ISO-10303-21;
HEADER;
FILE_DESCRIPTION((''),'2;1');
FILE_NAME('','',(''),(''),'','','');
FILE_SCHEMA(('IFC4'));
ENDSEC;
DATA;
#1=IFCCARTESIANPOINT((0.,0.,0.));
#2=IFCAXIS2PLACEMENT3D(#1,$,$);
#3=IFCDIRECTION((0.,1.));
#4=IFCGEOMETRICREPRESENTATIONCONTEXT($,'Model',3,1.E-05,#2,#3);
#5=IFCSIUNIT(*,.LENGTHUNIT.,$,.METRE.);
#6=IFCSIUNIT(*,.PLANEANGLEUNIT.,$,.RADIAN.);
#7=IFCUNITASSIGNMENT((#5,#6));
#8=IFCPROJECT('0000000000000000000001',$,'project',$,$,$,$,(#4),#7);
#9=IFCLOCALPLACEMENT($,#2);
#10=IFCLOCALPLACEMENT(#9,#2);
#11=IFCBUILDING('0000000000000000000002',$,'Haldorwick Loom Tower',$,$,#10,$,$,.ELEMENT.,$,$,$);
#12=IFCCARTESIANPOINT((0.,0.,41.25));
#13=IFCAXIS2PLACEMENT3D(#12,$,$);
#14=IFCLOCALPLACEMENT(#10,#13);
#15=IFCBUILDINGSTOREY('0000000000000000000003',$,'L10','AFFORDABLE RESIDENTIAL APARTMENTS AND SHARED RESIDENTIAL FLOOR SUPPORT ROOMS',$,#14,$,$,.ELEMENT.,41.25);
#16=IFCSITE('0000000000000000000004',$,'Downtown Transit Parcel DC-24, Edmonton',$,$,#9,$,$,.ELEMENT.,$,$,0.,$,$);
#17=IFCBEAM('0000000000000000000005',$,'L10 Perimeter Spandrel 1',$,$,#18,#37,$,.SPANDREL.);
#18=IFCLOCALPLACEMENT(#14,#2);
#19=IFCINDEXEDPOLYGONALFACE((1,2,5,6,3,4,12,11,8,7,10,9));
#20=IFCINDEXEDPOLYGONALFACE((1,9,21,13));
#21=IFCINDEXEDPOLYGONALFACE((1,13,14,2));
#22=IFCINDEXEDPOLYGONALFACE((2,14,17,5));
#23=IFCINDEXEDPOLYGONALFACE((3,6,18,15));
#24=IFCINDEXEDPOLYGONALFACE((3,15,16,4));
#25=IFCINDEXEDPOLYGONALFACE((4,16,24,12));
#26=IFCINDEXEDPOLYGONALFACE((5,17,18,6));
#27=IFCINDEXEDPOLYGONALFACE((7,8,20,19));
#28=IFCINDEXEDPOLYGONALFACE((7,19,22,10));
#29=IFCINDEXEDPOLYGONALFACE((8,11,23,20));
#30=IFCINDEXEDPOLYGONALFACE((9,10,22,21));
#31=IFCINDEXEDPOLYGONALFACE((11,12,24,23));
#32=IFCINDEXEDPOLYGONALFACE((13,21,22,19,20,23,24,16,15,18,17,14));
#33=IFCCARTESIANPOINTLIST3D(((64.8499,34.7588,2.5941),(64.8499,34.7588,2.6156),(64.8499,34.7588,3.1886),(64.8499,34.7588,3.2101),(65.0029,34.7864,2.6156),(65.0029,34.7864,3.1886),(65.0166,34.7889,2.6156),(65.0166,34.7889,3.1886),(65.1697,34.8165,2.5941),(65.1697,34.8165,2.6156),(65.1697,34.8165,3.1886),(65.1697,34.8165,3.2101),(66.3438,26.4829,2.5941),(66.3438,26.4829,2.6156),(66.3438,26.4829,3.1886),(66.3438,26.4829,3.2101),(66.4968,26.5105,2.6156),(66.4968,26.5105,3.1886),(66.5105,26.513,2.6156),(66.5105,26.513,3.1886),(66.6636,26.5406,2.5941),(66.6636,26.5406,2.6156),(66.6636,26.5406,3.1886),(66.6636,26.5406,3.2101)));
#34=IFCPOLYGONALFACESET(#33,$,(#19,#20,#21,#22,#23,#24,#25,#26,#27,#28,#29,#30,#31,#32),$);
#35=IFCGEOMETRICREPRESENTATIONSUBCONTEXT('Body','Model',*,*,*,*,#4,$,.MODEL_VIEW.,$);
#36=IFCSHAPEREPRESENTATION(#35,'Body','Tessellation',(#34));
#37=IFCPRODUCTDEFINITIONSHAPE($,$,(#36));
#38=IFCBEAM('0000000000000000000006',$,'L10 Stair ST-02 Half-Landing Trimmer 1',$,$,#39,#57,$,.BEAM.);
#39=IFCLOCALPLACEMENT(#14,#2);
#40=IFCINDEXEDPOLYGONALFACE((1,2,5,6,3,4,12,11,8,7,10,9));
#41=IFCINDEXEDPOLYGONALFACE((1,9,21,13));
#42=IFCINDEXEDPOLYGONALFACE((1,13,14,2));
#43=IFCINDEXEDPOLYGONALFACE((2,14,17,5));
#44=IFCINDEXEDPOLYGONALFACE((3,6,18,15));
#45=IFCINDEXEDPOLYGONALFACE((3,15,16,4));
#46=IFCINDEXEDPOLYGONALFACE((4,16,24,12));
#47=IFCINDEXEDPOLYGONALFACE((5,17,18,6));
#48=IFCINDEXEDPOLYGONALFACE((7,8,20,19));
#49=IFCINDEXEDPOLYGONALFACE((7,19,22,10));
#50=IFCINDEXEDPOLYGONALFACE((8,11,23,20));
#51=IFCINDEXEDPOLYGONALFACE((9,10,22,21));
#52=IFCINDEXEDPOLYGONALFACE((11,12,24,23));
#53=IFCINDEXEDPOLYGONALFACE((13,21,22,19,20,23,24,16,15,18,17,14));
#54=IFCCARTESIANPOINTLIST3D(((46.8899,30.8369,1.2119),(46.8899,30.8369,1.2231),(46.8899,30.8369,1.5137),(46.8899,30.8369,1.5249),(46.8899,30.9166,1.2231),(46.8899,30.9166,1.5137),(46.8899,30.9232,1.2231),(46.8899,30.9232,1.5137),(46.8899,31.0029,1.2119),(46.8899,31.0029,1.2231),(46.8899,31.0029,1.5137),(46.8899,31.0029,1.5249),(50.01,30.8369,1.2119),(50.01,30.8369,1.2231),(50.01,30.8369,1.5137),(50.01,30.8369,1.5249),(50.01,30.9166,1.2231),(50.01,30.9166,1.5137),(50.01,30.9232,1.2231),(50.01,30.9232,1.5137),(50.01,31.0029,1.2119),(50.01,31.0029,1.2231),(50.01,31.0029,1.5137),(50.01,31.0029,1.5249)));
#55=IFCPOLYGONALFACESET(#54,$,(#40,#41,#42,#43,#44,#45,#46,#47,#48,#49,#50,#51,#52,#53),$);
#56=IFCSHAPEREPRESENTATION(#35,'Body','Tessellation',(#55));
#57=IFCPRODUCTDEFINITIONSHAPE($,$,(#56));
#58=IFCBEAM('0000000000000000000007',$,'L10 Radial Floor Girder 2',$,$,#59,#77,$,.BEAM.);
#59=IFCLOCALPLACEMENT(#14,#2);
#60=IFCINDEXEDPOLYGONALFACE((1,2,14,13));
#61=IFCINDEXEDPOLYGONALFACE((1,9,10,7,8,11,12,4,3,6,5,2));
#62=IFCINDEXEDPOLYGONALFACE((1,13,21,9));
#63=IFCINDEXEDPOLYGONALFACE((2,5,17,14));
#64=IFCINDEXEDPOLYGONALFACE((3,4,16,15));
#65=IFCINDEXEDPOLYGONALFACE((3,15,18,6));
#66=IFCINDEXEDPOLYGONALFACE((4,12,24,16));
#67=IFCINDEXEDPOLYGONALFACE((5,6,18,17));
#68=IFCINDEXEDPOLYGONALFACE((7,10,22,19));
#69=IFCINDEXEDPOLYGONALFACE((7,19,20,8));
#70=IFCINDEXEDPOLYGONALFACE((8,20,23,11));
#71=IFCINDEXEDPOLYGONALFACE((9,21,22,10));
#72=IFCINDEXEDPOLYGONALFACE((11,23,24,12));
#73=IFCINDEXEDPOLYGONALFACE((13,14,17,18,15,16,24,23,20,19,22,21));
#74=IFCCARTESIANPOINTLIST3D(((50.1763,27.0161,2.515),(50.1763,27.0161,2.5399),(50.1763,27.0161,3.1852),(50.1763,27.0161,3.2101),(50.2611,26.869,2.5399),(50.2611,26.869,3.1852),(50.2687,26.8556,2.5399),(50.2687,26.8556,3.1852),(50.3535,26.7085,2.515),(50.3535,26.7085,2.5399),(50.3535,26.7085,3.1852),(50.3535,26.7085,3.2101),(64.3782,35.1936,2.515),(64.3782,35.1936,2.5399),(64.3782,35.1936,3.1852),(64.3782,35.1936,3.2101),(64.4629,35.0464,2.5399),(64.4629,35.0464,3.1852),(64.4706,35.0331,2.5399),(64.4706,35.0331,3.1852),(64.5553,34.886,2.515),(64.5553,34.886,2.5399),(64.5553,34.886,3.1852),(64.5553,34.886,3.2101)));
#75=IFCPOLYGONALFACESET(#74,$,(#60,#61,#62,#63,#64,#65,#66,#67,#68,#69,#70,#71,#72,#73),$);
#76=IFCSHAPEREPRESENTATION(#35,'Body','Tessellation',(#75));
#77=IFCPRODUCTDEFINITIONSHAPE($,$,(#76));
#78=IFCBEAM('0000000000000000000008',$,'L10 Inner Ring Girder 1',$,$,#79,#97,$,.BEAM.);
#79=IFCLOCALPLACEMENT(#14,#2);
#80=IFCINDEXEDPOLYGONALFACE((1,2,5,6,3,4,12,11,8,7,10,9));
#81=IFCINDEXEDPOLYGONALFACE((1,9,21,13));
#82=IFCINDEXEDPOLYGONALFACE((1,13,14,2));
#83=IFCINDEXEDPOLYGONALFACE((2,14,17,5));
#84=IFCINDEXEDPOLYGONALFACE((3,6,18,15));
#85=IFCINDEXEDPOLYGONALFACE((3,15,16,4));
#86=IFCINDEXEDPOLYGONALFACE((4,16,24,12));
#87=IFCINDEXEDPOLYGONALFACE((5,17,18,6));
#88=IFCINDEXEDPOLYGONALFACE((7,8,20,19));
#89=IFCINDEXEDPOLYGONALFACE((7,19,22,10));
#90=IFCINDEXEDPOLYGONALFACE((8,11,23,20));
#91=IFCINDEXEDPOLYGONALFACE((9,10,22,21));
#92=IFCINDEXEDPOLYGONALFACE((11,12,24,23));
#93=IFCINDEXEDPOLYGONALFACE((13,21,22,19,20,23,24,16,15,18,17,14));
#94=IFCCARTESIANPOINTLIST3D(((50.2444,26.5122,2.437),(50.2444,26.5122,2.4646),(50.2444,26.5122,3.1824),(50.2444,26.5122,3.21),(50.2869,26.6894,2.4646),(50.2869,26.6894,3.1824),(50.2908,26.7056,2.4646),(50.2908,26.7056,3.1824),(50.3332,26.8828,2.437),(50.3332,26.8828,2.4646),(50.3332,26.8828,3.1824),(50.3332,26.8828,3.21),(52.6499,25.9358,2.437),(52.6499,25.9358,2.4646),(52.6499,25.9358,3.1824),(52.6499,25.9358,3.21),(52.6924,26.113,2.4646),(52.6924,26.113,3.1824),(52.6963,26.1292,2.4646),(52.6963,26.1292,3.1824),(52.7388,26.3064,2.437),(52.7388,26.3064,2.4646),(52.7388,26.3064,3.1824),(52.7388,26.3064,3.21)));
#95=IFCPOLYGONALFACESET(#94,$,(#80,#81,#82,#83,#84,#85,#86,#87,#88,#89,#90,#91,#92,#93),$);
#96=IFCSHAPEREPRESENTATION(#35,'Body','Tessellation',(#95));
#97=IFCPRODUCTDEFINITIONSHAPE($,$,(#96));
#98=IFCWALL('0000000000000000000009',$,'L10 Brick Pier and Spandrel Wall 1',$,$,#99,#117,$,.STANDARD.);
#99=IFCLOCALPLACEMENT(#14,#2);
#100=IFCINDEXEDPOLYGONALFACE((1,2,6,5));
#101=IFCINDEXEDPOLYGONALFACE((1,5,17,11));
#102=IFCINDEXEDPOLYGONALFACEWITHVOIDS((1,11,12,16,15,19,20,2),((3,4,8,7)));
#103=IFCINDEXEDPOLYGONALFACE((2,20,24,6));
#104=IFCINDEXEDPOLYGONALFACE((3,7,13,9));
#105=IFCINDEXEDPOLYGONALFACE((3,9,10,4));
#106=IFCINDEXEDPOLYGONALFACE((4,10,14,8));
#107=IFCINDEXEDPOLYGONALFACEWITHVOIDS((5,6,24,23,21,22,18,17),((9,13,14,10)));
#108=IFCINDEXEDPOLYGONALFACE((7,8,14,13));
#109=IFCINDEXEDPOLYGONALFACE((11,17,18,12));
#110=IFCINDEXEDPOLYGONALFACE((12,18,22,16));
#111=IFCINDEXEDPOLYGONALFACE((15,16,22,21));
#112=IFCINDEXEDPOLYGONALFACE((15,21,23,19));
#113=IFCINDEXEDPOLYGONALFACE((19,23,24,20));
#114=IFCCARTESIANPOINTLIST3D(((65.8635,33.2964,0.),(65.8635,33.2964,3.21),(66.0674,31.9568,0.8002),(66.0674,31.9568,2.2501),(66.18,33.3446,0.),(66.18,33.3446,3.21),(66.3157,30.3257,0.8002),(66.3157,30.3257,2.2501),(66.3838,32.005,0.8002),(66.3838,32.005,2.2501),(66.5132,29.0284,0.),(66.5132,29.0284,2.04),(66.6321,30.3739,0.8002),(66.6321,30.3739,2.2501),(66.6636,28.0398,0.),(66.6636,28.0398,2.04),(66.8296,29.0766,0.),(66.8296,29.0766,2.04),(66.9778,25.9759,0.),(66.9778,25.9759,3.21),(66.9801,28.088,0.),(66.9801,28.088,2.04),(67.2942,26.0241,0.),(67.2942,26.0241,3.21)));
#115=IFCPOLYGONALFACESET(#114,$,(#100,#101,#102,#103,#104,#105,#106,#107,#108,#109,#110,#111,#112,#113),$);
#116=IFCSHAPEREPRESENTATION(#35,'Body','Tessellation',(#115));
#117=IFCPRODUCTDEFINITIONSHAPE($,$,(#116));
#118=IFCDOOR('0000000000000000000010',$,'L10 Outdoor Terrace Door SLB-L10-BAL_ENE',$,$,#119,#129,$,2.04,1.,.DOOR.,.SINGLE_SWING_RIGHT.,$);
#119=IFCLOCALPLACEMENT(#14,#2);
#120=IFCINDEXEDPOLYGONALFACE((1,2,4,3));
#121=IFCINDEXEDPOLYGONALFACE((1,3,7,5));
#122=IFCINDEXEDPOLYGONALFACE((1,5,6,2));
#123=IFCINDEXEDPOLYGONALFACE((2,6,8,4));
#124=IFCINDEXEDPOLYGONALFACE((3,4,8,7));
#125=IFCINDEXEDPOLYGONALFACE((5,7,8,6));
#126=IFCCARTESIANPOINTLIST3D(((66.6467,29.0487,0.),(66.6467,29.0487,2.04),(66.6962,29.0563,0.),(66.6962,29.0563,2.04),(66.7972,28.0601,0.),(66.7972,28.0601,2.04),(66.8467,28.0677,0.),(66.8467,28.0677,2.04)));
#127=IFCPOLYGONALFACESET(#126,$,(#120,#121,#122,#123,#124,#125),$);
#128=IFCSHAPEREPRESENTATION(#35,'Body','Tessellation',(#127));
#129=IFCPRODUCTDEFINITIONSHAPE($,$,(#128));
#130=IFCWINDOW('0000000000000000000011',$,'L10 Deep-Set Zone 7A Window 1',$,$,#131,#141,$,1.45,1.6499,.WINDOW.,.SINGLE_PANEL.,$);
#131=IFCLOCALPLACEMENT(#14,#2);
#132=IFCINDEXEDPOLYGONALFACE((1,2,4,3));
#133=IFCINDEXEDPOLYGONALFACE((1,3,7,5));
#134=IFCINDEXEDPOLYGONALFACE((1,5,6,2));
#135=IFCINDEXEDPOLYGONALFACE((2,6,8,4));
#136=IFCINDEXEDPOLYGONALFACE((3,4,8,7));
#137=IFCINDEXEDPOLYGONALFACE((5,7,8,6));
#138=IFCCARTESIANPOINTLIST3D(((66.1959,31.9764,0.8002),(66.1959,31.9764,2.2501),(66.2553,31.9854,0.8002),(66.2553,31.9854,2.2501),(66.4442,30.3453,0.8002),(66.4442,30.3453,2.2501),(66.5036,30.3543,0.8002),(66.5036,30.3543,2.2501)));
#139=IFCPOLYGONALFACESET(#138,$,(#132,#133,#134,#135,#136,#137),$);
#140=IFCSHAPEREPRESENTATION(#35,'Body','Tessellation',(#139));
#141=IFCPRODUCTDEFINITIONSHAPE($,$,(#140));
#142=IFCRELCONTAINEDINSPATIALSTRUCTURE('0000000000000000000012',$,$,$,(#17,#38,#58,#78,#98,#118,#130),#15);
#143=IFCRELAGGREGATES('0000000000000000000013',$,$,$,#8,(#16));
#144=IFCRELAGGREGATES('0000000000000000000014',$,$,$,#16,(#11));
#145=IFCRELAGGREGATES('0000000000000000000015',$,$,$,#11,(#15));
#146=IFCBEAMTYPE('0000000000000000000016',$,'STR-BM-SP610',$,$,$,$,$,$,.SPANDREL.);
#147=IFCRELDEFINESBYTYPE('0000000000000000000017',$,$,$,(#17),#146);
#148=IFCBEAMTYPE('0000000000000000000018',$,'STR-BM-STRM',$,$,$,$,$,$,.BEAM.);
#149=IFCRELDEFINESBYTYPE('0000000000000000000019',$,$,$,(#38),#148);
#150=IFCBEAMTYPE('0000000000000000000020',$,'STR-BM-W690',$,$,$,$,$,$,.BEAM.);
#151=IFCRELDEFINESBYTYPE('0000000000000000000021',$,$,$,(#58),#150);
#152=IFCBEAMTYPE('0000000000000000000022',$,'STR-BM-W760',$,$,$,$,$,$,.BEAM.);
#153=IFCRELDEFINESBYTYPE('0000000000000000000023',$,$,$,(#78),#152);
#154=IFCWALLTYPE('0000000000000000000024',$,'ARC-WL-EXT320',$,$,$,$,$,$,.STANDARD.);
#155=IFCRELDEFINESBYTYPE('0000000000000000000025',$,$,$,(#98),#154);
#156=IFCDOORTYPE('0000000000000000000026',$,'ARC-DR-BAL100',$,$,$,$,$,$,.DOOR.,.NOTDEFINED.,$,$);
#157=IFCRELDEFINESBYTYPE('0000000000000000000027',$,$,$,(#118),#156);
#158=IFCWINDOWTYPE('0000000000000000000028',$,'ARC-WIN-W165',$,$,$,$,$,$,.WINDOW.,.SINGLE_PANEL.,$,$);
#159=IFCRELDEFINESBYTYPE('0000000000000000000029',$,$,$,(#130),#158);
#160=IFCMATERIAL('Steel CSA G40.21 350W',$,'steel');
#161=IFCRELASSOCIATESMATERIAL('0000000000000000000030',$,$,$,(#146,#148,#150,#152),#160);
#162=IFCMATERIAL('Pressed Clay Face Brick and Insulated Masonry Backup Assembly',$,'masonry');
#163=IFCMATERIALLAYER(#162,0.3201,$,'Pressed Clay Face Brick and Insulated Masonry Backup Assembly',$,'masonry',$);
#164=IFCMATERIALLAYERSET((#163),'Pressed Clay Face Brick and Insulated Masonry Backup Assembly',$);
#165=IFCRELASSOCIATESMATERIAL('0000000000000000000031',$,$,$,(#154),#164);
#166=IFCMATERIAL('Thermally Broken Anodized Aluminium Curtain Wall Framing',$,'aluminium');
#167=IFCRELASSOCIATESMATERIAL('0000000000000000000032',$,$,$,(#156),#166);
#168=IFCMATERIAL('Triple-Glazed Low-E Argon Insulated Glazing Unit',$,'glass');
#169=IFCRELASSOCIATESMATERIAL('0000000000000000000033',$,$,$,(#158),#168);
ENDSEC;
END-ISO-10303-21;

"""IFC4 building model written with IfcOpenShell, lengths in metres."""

from ifc_helpers import new_model, si_unit, direction, frame, frame_2d, origin, origin_2d, place, context, subcontext, project, spatial, rectangle, i_section, extrude, material, layer, layer_set, material_profile, profile_set, type_object, element, fill, save


model = new_model("IFC4")

# Units and contexts
model_context = context("Model", 3, precision=1e-05, world=origin(), true_north=direction((0.0, 1.0)))
body_context = subcontext(model_context, "Body", "Model", "MODEL_VIEW")
ifc_project = project(units=[si_unit("LENGTHUNIT", "METRE"), si_unit("PLANEANGLEUNIT", "RADIAN")], contexts=[model_context])

# Site, building, storey
site_placement = place(None, origin())
site = spatial("IfcSite", under=ifc_project, at=site_placement, Name="Downtown Transit Parcel DC-24, Edmonton", CompositionType="ELEMENT", RefElevation=0.0)
building_placement = place(site_placement, origin())
building = spatial("IfcBuilding", under=site, at=building_placement, Name="Haldorwick Loom Tower", CompositionType="ELEMENT")
storey_placement = place(building_placement, frame((0.0, 0.0, 41.25)))
storey = spatial("IfcBuildingStorey", under=building, at=storey_placement, Name="L10", Description="AFFORDABLE RESIDENTIAL APARTMENTS AND SHARED RESIDENTIAL FLOOR SUPPORT ROOMS", CompositionType="ELEMENT", Elevation=41.25)

# Beams
ifc_material_1 = material(Name="Steel CSA G40.21 350W", Category="steel")
ifc_material_profile_1 = material_profile(ifc_material_1, i_section(OverallWidth=0.325, OverallDepth=0.616, WebThickness=0.0139, FlangeThickness=0.0215, at=origin_2d()), Name="W610X174", Category="steel")
ifc_profile_set_1 = profile_set([ifc_material_profile_1], Name="Steel CSA G40.21 350W")
beam_type_1 = type_object("IfcBeamType", Name="STR-BM-SP610", PredefinedType="SPANDREL", material=ifc_profile_set_1)
beam_1_placement = place(storey_placement, frame((66.5037, 26.5117, 2.9021), z_axis=(-0.177641, 0.984095, 0.0), x_axis=(-0.984095, -0.177641, 0.0)))
element("IfcBeam", 1, at=beam_1_placement, inside=storey, type_object=beam_type_1, Name="L10 Perimeter Spandrel 1", PredefinedType="SPANDREL", context=body_context, shape_type="SweptSolid", body=[
    extrude(i_section(OverallWidth=0.325, OverallDepth=0.616, WebThickness=0.0139, FlangeThickness=0.0215, at=origin_2d()), origin(), (0.0, 0.0, 1.0), 8.4097),
])
ifc_material_profile_2 = material_profile(ifc_material_1, i_section(OverallWidth=0.166, OverallDepth=0.313, WebThickness=0.0066, FlangeThickness=0.0112, at=origin_2d()), Name="W310X45", Category="steel")
ifc_profile_set_2 = profile_set([ifc_material_profile_2], Name="Steel CSA G40.21 350W")
beam_type_2 = type_object("IfcBeamType", Name="STR-BM-STRM", PredefinedType="BEAM", material=ifc_profile_set_2)
beam_2_placement = place(storey_placement, frame((46.8899, 30.9199, 1.3684), z_axis=(1.0, 0.0, 0.0), x_axis=(0.0, 1.0, 0.0)))
element("IfcBeam", 2, at=beam_2_placement, inside=storey, type_object=beam_type_2, Name="L10 Stair ST-02 Half-Landing Trimmer 1", PredefinedType="BEAM", context=body_context, shape_type="SweptSolid", body=[
    extrude(i_section(OverallWidth=0.166, OverallDepth=0.313, WebThickness=0.0066, FlangeThickness=0.0112, at=origin_2d()), origin(), (0.0, 0.0, 1.0), 3.1201),
])
ifc_material_profile_3 = material_profile(ifc_material_1, i_section(OverallWidth=0.355, OverallDepth=0.6951, WebThickness=0.0154, FlangeThickness=0.0249, at=origin_2d()), Name="W690X217", Category="steel")
ifc_profile_set_3 = profile_set([ifc_material_profile_3], Name="Steel CSA G40.21 350W")
beam_type_3 = type_object("IfcBeamType", Name="STR-BM-W690", PredefinedType="BEAM", material=ifc_profile_set_3)
beam_3_placement = place(storey_placement, frame((50.2649, 26.8623, 2.8625), z_axis=(0.866606, 0.498994, 0.0), x_axis=(-0.498994, 0.866606, 0.0)))
element("IfcBeam", 3, at=beam_3_placement, inside=storey, type_object=beam_type_3, Name="L10 Radial Floor Girder 2", PredefinedType="BEAM", context=body_context, shape_type="SweptSolid", body=[
    extrude(i_section(OverallWidth=0.355, OverallDepth=0.6951, WebThickness=0.0154, FlangeThickness=0.0249, at=origin_2d()), origin(), (0.0, 0.0, 1.0), 16.3879),
])
ifc_material_profile_4 = material_profile(ifc_material_1, i_section(OverallWidth=0.3811, OverallDepth=0.7729, WebThickness=0.0166, FlangeThickness=0.0276, at=origin_2d()), Name="W760X257", Category="steel")
ifc_profile_set_4 = profile_set([ifc_material_profile_4], Name="Steel CSA G40.21 350W")
beam_type_4 = type_object("IfcBeamType", Name="STR-BM-W760", PredefinedType="BEAM", material=ifc_profile_set_4)
beam_4_placement = place(storey_placement, frame((50.2888, 26.6975, 2.8235), z_axis=(0.972471, -0.233026, 0.0), x_axis=(0.233026, 0.972471, 0.0)))
element("IfcBeam", 4, at=beam_4_placement, inside=storey, type_object=beam_type_4, Name="L10 Inner Ring Girder 1", PredefinedType="BEAM", context=body_context, shape_type="SweptSolid", body=[
    extrude(i_section(OverallWidth=0.3811, OverallDepth=0.7729, WebThickness=0.0166, FlangeThickness=0.0276, at=origin_2d()), origin(), (0.0, 0.0, 1.0), 2.4736),
])

# Wall, openings, door, window
ifc_material_2 = material(Name="Pressed Clay Face Brick and Insulated Masonry Backup Assembly", Category="masonry")
ifc_layer_1 = layer(ifc_material_2, 0.3201, Name="Pressed Clay Face Brick and Insulated Masonry Backup Assembly", Category="masonry")
ifc_layer_set_1 = layer_set([ifc_layer_1], Name="Pressed Clay Face Brick and Insulated Masonry Backup Assembly")
wall_type_1 = type_object("IfcWallType", Name="ARC-WL-EXT320", PredefinedType="STANDARD", material=ifc_layer_set_1)
wall_1_placement = place(storey_placement, frame((67.136, 26.0, 0.0), z_axis=(0.0, 0.0, 1.0), x_axis=(-0.150476, 0.988614, 0.0)))
wall_1 = element("IfcWall", 5, at=wall_1_placement, inside=storey, type_object=wall_type_1, Name="L10 Brick Pier and Spandrel Wall 1", PredefinedType="STANDARD", context=body_context, shape_type="SweptSolid", body=[
    extrude(rectangle(XDim=7.4048, YDim=0.3201, at=frame_2d((3.7024, 0.0))), origin(), (0.0, 0.0, 1.0), 3.21),
])
opening_1_placement = place(wall_1_placement, frame((2.0876, 0.0, 0.0)))
opening_1 = element("IfcOpeningElement", 6, at=opening_1_placement, cuts=wall_1, PredefinedType="OPENING", context=body_context, shape_type="SweptSolid", body=[
    extrude(rectangle(XDim=1.0, YDim=2.04, at=frame_2d((0.5, 1.02))), frame((0.0, 0.1699, 0.0), z_axis=(0.0, -1.0, 0.0), x_axis=(1.0, 0.0, 0.0)), (0.0, 0.0, 1.0), 0.3401),
])
opening_2_placement = place(wall_1_placement, frame((4.3999, 0.0, 0.8)))
opening_2 = element("IfcOpeningElement", 7, at=opening_2_placement, cuts=wall_1, PredefinedType="OPENING", context=body_context, shape_type="SweptSolid", body=[
    extrude(rectangle(XDim=1.6499, YDim=1.45, at=frame_2d((0.825, 0.7251))), frame((0.0, 0.1699, 0.0), z_axis=(0.0, -1.0, 0.0), x_axis=(1.0, 0.0, 0.0)), (0.0, 0.0, 1.0), 0.3401),
])
ifc_material_3 = material(Name="Thermally Broken Anodized Aluminium Curtain Wall Framing", Category="aluminium")
door_type_1 = type_object("IfcDoorType", Name="ARC-DR-BAL100", OperationType="NOTDEFINED", PredefinedType="DOOR", material=ifc_material_3)
door_1_placement = place(opening_1_placement, origin())
door_1 = element("IfcDoor", 8, at=door_1_placement, inside=storey, type_object=door_type_1, Name="L10 Outdoor Terrace Door SLB-L10-BAL_ENE", OperationType="SINGLE_SWING_RIGHT", OverallHeight=2.04, OverallWidth=1.0, PredefinedType="DOOR", context=body_context, shape_type="SweptSolid", body=[
    extrude(rectangle(XDim=1.0, YDim=2.04, at=frame_2d((0.5, 1.02))), frame((0.0, 0.0249, 0.0), z_axis=(0.0, -1.0, 0.0), x_axis=(1.0, 0.0, 0.0)), (0.0, 0.0, 1.0), 0.05),
])
fill(opening_1, door_1)
ifc_material_4 = material(Name="Triple-Glazed Low-E Argon Insulated Glazing Unit", Category="glass")
window_type = type_object("IfcWindowType", Name="ARC-WIN-W165", PartitioningType="SINGLE_PANEL", PredefinedType="WINDOW", material=ifc_material_4)
window_placement = place(opening_2_placement, origin())
window = element("IfcWindow", 9, at=window_placement, inside=storey, type_object=window_type, Name="L10 Deep-Set Zone 7A Window 1", OverallHeight=1.45, OverallWidth=1.6499, PartitioningType="SINGLE_PANEL", PredefinedType="WINDOW", context=body_context, shape_type="SweptSolid", body=[
    extrude(rectangle(XDim=1.6499, YDim=1.45, at=frame_2d((0.825, 0.7251))), frame((0.0, 0.03, 0.0), z_axis=(0.0, -1.0, 0.0), x_axis=(1.0, 0.0, 0.0)), (0.0, 0.0, 1.0), 0.0601),
])
fill(opening_2, window)

save(model, "model.ifc")
